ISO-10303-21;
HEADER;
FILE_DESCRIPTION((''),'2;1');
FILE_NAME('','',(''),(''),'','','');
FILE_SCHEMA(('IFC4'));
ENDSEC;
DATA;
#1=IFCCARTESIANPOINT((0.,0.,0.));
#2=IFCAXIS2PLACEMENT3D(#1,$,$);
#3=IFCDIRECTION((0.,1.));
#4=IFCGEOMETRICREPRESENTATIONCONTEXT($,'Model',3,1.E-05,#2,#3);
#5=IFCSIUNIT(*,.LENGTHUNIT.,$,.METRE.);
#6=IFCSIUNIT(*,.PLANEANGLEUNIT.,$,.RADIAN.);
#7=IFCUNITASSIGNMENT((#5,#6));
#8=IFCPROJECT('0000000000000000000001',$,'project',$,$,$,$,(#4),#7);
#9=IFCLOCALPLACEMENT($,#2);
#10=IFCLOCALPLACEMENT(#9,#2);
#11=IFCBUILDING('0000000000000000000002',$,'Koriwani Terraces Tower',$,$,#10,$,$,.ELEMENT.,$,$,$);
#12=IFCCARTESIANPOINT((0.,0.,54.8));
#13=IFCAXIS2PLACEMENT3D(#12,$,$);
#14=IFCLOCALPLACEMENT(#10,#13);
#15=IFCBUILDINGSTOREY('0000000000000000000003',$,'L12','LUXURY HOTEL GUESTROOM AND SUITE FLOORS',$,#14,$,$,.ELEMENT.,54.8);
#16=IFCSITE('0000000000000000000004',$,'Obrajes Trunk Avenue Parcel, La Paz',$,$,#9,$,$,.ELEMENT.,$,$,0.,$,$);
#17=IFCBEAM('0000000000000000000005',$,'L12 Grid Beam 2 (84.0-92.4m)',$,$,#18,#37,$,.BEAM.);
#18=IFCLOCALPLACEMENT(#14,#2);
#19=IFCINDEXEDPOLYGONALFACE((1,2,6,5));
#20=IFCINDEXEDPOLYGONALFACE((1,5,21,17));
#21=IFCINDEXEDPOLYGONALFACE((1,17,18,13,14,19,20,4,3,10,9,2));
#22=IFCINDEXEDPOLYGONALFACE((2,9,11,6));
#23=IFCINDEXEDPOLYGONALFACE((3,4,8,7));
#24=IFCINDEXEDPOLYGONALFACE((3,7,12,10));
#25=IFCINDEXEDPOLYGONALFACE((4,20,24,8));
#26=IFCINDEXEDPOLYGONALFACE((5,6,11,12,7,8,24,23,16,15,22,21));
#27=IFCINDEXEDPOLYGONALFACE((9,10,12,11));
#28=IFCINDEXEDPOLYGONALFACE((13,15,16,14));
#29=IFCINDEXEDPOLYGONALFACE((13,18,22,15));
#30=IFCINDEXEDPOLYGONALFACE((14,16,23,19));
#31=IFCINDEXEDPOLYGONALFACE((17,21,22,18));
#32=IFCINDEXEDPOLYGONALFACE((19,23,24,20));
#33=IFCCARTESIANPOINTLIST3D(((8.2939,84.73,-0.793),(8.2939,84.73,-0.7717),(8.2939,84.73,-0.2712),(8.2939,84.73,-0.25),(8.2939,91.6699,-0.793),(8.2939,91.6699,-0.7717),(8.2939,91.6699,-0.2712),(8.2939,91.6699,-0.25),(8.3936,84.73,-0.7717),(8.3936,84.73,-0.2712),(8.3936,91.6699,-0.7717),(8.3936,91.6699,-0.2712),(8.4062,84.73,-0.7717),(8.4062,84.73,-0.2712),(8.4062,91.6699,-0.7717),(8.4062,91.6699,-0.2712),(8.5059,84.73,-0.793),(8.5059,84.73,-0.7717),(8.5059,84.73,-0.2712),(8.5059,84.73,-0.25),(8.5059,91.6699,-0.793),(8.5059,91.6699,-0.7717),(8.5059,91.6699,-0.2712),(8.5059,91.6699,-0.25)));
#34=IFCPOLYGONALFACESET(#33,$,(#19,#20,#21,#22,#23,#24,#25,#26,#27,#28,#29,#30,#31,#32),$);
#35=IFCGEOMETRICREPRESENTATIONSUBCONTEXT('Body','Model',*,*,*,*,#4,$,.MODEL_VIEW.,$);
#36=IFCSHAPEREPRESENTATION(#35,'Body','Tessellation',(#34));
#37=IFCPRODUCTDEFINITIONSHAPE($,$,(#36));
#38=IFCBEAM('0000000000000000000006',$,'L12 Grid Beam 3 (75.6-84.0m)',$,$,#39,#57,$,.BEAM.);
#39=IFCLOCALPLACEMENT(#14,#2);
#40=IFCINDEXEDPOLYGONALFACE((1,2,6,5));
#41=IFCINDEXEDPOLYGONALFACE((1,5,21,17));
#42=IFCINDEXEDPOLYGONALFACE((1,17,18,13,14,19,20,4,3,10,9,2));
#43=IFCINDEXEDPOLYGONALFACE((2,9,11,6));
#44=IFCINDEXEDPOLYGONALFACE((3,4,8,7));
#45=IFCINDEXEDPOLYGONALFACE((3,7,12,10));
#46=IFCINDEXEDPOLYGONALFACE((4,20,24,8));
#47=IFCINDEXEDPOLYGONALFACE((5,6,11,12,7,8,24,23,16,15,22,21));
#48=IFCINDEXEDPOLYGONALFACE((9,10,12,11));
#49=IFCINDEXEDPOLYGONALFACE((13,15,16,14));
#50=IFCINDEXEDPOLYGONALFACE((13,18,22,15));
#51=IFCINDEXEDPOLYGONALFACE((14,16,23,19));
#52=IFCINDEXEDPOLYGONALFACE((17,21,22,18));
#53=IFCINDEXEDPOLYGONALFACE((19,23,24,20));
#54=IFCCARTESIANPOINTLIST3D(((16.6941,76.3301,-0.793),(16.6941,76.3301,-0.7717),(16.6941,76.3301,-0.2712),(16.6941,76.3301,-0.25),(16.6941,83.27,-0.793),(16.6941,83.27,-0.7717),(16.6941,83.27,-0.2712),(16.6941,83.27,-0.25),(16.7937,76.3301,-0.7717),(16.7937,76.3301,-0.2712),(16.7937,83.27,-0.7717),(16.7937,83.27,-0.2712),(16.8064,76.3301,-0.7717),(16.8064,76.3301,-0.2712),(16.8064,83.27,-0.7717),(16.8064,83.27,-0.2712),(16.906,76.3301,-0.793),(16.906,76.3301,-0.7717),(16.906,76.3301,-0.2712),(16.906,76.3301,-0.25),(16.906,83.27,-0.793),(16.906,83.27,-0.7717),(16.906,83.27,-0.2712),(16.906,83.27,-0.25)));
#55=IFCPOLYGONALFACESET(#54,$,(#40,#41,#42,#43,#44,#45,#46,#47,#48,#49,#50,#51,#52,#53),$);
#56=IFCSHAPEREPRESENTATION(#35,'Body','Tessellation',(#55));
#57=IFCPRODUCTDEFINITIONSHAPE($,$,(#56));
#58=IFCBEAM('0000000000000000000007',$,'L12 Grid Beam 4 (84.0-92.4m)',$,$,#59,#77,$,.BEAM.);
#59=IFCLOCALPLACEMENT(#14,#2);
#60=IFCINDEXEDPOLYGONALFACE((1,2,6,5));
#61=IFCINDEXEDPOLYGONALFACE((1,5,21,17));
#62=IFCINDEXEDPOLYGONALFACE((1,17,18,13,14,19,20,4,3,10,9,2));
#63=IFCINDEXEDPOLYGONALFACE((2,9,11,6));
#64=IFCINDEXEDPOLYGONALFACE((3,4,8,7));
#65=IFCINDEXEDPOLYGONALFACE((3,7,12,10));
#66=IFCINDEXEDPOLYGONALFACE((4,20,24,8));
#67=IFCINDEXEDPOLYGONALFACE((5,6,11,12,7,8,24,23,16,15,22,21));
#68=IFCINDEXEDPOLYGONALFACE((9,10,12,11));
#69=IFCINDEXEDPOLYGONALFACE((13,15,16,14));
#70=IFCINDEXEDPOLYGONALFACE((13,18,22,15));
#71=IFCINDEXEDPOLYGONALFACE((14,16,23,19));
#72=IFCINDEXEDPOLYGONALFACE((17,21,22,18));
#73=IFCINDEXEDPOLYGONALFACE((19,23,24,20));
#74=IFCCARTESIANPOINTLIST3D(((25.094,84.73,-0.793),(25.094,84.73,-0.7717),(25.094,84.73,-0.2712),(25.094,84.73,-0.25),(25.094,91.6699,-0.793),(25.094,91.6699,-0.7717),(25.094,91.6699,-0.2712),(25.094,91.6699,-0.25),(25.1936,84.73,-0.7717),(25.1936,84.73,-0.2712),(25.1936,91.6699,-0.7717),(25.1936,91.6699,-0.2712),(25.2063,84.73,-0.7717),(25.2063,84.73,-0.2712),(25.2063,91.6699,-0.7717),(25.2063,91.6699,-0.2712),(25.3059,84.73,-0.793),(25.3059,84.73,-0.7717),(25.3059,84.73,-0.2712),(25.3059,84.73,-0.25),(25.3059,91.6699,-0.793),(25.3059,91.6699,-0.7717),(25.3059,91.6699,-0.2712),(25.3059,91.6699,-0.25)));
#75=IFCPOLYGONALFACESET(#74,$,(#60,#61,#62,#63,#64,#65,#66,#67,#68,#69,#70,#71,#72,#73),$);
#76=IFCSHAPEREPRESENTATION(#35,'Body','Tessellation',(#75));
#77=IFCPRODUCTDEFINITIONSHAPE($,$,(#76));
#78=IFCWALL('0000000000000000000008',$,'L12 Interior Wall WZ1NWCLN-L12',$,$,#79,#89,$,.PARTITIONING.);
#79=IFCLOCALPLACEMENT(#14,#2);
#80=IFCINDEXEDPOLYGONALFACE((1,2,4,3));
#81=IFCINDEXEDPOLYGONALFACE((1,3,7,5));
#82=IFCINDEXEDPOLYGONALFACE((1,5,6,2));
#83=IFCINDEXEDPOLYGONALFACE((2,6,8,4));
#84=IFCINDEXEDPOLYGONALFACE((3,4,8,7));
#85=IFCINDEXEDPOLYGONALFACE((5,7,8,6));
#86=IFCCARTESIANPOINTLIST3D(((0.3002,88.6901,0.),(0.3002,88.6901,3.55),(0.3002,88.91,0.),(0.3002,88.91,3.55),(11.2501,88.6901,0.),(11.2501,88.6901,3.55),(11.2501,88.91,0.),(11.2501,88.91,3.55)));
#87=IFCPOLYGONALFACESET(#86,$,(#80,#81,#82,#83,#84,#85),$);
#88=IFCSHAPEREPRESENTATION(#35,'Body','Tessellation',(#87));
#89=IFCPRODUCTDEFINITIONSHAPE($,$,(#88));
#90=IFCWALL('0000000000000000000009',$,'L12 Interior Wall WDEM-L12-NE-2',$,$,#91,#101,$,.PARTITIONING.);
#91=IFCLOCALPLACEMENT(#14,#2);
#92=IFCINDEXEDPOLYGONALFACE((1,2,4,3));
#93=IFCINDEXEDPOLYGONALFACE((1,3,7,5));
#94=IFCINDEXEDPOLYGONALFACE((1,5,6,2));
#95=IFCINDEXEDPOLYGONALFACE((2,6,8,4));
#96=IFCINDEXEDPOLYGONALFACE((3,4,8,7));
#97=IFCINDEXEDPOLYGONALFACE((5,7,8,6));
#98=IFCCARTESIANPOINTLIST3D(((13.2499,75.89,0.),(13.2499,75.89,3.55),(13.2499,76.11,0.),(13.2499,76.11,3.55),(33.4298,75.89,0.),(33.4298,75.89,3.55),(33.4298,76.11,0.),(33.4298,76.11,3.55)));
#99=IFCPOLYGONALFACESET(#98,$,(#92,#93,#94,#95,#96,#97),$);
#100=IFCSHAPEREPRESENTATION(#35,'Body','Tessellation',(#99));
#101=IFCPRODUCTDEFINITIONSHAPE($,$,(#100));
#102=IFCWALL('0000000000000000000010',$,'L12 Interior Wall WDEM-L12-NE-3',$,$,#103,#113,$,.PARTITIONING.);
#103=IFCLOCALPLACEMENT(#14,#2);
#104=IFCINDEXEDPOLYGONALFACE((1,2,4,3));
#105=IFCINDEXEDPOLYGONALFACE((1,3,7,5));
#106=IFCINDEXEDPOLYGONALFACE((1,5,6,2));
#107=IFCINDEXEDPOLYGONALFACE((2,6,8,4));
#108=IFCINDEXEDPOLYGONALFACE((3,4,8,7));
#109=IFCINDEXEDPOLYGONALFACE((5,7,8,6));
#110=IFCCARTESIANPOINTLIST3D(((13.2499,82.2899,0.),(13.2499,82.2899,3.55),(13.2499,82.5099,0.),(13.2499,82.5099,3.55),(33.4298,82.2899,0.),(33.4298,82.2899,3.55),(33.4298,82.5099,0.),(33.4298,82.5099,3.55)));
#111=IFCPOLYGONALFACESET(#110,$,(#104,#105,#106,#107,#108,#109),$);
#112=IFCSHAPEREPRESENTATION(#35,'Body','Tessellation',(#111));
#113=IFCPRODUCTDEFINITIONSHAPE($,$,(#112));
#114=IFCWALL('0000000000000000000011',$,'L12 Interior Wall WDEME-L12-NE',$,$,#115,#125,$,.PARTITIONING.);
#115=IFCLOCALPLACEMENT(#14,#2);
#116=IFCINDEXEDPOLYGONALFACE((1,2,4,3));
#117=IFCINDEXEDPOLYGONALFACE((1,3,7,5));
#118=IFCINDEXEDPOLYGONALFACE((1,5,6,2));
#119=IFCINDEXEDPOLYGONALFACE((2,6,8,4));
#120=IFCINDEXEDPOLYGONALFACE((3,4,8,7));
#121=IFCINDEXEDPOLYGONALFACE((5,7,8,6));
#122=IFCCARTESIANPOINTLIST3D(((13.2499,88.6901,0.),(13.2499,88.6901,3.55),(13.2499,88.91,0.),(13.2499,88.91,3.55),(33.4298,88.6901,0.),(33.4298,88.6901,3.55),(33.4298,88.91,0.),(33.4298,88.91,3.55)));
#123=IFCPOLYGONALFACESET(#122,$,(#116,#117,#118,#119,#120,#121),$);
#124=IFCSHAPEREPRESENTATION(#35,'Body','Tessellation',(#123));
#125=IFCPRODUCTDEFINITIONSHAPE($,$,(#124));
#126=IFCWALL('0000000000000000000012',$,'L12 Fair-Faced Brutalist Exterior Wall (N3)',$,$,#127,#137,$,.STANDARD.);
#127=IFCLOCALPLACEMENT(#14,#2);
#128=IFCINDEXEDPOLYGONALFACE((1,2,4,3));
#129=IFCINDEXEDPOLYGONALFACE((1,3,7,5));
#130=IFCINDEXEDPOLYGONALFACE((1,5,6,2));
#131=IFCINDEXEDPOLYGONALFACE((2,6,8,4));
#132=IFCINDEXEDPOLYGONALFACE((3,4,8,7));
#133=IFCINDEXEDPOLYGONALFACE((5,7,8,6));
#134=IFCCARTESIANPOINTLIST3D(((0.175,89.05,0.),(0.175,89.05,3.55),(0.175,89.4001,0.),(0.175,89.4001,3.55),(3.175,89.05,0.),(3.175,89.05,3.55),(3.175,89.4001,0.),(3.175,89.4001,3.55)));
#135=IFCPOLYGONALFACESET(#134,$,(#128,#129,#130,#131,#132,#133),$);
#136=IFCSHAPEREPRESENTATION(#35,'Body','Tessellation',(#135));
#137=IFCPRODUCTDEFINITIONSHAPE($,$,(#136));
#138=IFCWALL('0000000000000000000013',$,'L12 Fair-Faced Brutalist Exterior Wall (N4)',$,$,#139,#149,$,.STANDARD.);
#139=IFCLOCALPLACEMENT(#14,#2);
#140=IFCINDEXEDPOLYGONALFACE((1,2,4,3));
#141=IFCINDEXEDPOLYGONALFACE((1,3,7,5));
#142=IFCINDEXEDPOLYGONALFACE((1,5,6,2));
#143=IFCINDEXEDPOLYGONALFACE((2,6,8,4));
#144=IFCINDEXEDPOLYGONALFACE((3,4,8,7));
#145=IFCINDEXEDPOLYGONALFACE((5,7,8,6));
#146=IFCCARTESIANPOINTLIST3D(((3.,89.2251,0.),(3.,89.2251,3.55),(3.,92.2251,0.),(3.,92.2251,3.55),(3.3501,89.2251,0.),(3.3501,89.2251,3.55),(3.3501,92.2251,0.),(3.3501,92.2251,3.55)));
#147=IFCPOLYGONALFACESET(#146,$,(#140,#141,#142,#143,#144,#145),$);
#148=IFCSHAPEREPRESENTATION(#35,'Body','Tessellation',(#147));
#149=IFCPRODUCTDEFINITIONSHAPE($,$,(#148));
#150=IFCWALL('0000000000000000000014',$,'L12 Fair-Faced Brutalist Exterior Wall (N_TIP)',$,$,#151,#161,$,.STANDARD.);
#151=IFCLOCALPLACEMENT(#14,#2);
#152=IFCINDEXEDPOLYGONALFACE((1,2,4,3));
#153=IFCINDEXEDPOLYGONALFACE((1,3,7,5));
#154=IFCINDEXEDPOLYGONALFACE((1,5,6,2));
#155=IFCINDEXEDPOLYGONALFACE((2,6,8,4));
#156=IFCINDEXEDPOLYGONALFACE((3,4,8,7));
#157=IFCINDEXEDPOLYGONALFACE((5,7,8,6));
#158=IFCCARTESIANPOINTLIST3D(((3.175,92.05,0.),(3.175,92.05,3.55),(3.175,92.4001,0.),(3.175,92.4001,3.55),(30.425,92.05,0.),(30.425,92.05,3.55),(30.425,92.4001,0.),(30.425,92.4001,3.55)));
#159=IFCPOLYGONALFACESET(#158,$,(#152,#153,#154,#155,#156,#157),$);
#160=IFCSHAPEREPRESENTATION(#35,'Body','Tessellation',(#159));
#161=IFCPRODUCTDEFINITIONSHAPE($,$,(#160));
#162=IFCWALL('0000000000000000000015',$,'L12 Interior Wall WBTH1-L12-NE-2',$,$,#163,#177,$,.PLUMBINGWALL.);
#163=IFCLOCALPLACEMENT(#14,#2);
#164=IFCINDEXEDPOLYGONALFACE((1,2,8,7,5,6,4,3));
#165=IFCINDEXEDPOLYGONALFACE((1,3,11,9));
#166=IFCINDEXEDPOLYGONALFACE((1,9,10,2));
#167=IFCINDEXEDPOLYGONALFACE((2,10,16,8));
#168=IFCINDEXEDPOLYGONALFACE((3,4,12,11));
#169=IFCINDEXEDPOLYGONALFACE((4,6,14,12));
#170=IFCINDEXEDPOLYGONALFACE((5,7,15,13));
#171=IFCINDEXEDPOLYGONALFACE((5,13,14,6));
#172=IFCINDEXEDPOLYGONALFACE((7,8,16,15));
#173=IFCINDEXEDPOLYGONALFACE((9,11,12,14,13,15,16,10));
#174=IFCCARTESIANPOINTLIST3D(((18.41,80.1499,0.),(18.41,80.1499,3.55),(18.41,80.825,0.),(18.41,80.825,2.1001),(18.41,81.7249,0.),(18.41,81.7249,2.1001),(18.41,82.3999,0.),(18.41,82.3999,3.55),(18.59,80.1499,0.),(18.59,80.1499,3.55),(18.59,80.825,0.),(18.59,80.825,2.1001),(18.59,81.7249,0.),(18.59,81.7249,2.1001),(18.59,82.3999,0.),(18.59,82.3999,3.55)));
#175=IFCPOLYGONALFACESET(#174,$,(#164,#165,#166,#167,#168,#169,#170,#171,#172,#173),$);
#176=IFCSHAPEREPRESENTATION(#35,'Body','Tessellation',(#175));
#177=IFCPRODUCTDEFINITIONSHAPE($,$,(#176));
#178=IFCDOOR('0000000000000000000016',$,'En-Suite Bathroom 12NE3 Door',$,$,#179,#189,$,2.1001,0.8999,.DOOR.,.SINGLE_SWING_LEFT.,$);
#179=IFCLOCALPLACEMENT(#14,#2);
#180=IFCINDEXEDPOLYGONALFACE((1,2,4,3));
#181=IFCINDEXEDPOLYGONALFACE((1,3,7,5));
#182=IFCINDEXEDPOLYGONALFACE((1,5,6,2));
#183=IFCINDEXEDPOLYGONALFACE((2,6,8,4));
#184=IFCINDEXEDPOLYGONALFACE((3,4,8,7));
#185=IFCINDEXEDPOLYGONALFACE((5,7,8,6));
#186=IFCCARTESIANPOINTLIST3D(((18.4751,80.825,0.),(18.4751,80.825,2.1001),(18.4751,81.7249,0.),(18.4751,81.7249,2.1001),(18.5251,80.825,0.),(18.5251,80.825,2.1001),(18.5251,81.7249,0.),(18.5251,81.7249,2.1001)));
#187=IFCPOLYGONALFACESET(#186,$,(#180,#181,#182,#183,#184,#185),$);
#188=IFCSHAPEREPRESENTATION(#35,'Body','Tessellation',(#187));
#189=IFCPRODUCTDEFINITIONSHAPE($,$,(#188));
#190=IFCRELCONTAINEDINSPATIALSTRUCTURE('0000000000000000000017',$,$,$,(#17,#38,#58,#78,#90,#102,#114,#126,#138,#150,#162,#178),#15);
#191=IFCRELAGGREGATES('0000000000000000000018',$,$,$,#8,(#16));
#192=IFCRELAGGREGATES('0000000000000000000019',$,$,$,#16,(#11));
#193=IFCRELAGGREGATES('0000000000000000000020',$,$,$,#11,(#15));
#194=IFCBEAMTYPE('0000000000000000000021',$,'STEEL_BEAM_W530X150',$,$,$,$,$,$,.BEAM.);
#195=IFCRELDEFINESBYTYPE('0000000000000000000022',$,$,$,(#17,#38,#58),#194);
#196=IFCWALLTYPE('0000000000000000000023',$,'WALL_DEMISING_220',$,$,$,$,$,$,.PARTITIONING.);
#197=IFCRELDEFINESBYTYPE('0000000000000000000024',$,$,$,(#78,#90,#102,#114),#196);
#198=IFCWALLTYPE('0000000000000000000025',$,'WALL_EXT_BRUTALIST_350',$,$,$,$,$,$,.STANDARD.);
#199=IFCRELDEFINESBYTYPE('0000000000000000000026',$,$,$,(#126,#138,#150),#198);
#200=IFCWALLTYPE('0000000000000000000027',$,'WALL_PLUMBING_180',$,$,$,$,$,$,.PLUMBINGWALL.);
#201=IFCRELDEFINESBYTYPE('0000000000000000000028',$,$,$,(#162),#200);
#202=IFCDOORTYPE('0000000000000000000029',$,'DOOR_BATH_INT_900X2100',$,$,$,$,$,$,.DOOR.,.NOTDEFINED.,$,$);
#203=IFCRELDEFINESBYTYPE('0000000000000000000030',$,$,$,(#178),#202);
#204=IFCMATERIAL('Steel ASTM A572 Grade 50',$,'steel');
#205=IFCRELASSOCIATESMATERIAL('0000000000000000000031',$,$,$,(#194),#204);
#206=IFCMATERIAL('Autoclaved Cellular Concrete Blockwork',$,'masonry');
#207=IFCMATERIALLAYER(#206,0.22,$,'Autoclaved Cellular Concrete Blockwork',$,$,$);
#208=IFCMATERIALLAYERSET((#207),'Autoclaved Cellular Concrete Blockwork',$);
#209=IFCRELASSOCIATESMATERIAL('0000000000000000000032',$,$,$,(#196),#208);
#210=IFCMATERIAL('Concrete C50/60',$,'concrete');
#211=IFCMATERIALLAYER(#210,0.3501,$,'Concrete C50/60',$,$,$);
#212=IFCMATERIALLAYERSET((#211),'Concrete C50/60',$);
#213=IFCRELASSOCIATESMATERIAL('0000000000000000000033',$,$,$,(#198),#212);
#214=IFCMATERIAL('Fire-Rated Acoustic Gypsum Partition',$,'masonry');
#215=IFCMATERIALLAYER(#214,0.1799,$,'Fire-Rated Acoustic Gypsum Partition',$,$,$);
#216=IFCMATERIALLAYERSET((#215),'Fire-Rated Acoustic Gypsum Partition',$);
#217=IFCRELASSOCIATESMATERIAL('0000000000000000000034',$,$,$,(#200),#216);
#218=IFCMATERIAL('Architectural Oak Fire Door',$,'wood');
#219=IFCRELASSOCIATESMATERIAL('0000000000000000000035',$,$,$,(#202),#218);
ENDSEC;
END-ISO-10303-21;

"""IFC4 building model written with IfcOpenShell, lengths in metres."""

from ifc_helpers import new_model, si_unit, direction, frame, frame_2d, origin, origin_2d, place, context, subcontext, project, spatial, rectangle, i_section, extrude, material, layer, layer_set, material_profile, profile_set, type_object, element, fill, save


model = new_model("IFC4")

# Units and contexts
model_context = context("Model", 3, precision=1e-05, world=origin(), true_north=direction((0.0, 1.0)))
body_context = subcontext(model_context, "Body", "Model", "MODEL_VIEW")
ifc_project = project(units=[si_unit("LENGTHUNIT", "METRE"), si_unit("PLANEANGLEUNIT", "RADIAN")], contexts=[model_context])

# Site, building, storey
site_placement = place(None, origin())
site = spatial("IfcSite", under=ifc_project, at=site_placement, Name="Obrajes Trunk Avenue Parcel, La Paz", CompositionType="ELEMENT", RefElevation=0.0)
building_placement = place(site_placement, origin())
building = spatial("IfcBuilding", under=site, at=building_placement, Name="Koriwani Terraces Tower", CompositionType="ELEMENT")
storey_placement = place(building_placement, frame((0.0, 0.0, 54.8)))
storey = spatial("IfcBuildingStorey", under=building, at=storey_placement, Name="L12", Description="LUXURY HOTEL GUESTROOM AND SUITE FLOORS", CompositionType="ELEMENT", Elevation=54.8)

# Beams
ifc_material_1 = material(Name="Concrete C50/60", Category="concrete")
ifc_material_2 = material(Name="Steel ASTM A572 Grade 50", Category="steel")
ifc_material_profile_1 = material_profile(ifc_material_2, i_section(OverallWidth=0.2119, OverallDepth=0.543, WebThickness=0.0127, FlangeThickness=0.0212, at=origin_2d()), Name="Steel ASTM A572 Grade 50", Category="LoadBearing")
ifc_profile_set_1 = profile_set([ifc_material_profile_1], Name="Steel ASTM A572 Grade 50")
beam_type_1 = type_object("IfcBeamType", Name="STEEL_BEAM_W530X150", PredefinedType="BEAM", material=ifc_profile_set_1)
for number, where, z_axis, x_axis, name in (
    (1, (8.3999, 84.73, -0.5215), (0.0, 1.0, 0.0), (-1.0, 0.0, 0.0), "L12 Grid Beam 2 (84.0-92.4m)"),
    (2, (16.8, 76.3301, -0.5215), (0.0, 1.0, 0.0), (-1.0, 0.0, 0.0), "L12 Grid Beam 3 (75.6-84.0m)"),
    (3, (25.2, 84.73, -0.5215), (0.0, 1.0, 0.0), (-1.0, 0.0, 0.0), "L12 Grid Beam 4 (84.0-92.4m)"),
):
    element("IfcBeam", number, at=place(storey_placement, frame(where, z_axis=z_axis, x_axis=x_axis)), inside=storey, type_object=beam_type_1, Name=name, PredefinedType="BEAM", context=body_context, shape_type="SweptSolid", body=[
        extrude(i_section(OverallWidth=0.2119, OverallDepth=0.543, WebThickness=0.0127, FlangeThickness=0.0212, at=origin_2d()), origin(), (0.0, 0.0, 1.0), 6.9399),
    ])

# Walls
ifc_material_3 = material(Name="Autoclaved Cellular Concrete Blockwork", Category="masonry")
ifc_layer_1 = layer(ifc_material_3, 0.22, Name="Autoclaved Cellular Concrete Blockwork")
ifc_layer_set_1 = layer_set([ifc_layer_1], Name="Autoclaved Cellular Concrete Blockwork")
wall_type_1 = type_object("IfcWallType", Name="WALL_DEMISING_220", PredefinedType="PARTITIONING", material=ifc_layer_set_1)
wall_1_placement = place(storey_placement, frame((0.3, 88.8, 0.0), z_axis=(0.0, 0.0, 1.0), x_axis=(1.0, 0.0, 0.0)))
element("IfcWall", 4, at=wall_1_placement, inside=storey, type_object=wall_type_1, Name="L12 Interior Wall WZ1NWCLN-L12", PredefinedType="PARTITIONING", context=body_context, shape_type="SweptSolid", body=[
    extrude(rectangle(XDim=10.95, YDim=0.22, at=frame_2d((5.4751, 0.0))), origin(), (0.0, 0.0, 1.0), 3.55),
])
for number, where, z_axis, x_axis, name in (
    (5, (13.25, 76.0, 0.0), (0.0, 0.0, 1.0), (1.0, 0.0, 0.0), "L12 Interior Wall WDEM-L12-NE-2"),
    (6, (13.25, 82.3999, 0.0), (0.0, 0.0, 1.0), (1.0, 0.0, 0.0), "L12 Interior Wall WDEM-L12-NE-3"),
    (7, (13.25, 88.8, 0.0), (0.0, 0.0, 1.0), (1.0, 0.0, 0.0), "L12 Interior Wall WDEME-L12-NE"),
):
    element("IfcWall", number, at=place(storey_placement, frame(where, z_axis=z_axis, x_axis=x_axis)), inside=storey, type_object=wall_type_1, Name=name, PredefinedType="PARTITIONING", context=body_context, shape_type="SweptSolid", body=[
        extrude(rectangle(XDim=20.1799, YDim=0.22, at=frame_2d((10.0898, 0.0))), origin(), (0.0, 0.0, 1.0), 3.55),
    ])
ifc_layer_2 = layer(ifc_material_1, 0.3501, Name="Concrete C50/60")
ifc_layer_set_2 = layer_set([ifc_layer_2], Name="Concrete C50/60")
wall_type_2 = type_object("IfcWallType", Name="WALL_EXT_BRUTALIST_350", PredefinedType="STANDARD", material=ifc_layer_set_2)
for number, where, z_axis, x_axis, name in (
    (8, (0.175, 89.2251, 0.0), (0.0, 0.0, 1.0), (1.0, 0.0, 0.0), "L12 Fair-Faced Brutalist Exterior Wall (N3)"),
    (9, (3.175, 89.2251, 0.0), (0.0, 0.0, 1.0), (0.0, 1.0, 0.0), "L12 Fair-Faced Brutalist Exterior Wall (N4)"),
):
    element("IfcWall", number, at=place(storey_placement, frame(where, z_axis=z_axis, x_axis=x_axis)), inside=storey, type_object=wall_type_2, Name=name, PredefinedType="STANDARD", context=body_context, shape_type="SweptSolid", body=[
        extrude(rectangle(XDim=3.0, YDim=0.3501, at=frame_2d((1.5, 0.0))), origin(), (0.0, 0.0, 1.0), 3.55),
    ])
wall_2_placement = place(storey_placement, frame((3.175, 92.2251, 0.0), z_axis=(0.0, 0.0, 1.0), x_axis=(1.0, 0.0, 0.0)))
element("IfcWall", 10, at=wall_2_placement, inside=storey, type_object=wall_type_2, Name="L12 Fair-Faced Brutalist Exterior Wall (N_TIP)", PredefinedType="STANDARD", context=body_context, shape_type="SweptSolid", body=[
    extrude(rectangle(XDim=27.25, YDim=0.3501, at=frame_2d((13.625, 0.0))), origin(), (0.0, 0.0, 1.0), 3.55),
])

# Wall, opening, door
ifc_material_4 = material(Name="Fire-Rated Acoustic Gypsum Partition", Category="masonry")
ifc_layer_3 = layer(ifc_material_4, 0.1799, Name="Fire-Rated Acoustic Gypsum Partition")
ifc_layer_set_3 = layer_set([ifc_layer_3], Name="Fire-Rated Acoustic Gypsum Partition")
wall_type_3 = type_object("IfcWallType", Name="WALL_PLUMBING_180", PredefinedType="PLUMBINGWALL", material=ifc_layer_set_3)
wall_3_placement = place(storey_placement, frame((18.5, 80.1499, 0.0), z_axis=(0.0, 0.0, 1.0), x_axis=(0.0, 1.0, 0.0)))
wall_3 = element("IfcWall", 11, at=wall_3_placement, inside=storey, type_object=wall_type_3, Name="L12 Interior Wall WBTH1-L12-NE-2", PredefinedType="PLUMBINGWALL", context=body_context, shape_type="SweptSolid", body=[
    extrude(rectangle(XDim=2.25, YDim=0.1799, at=frame_2d((1.125, 0.0))), origin(), (0.0, 0.0, 1.0), 3.55),
])
opening_1_placement = place(wall_3_placement, frame((0.675, 0.0, 0.0)))
opening_1 = element("IfcOpeningElement", 12, at=opening_1_placement, cuts=wall_3, PredefinedType="OPENING", context=body_context, shape_type="SweptSolid", body=[
    extrude(rectangle(XDim=0.8999, YDim=2.1001, at=frame_2d((0.45, 1.05))), frame((0.0, 0.1001, 0.0), z_axis=(0.0, -1.0, 0.0), x_axis=(1.0, 0.0, 0.0)), (0.0, 0.0, 1.0), 0.2),
])
ifc_material_5 = material(Name="Architectural Oak Fire Door", Category="wood")
door_type = type_object("IfcDoorType", Name="DOOR_BATH_INT_900X2100", OperationType="NOTDEFINED", PredefinedType="DOOR", material=ifc_material_5)
door_1_placement = place(opening_1_placement, origin())
door_1 = element("IfcDoor", 13, at=door_1_placement, inside=storey, type_object=door_type, Name="En-Suite Bathroom 12NE3 Door", OperationType="SINGLE_SWING_LEFT", OverallHeight=2.1001, OverallWidth=0.8999, PredefinedType="DOOR", context=body_context, shape_type="SweptSolid", body=[
    extrude(rectangle(XDim=0.8999, YDim=2.1001, at=frame_2d((0.45, 1.05))), frame((0.0, 0.0249, 0.0), z_axis=(0.0, -1.0, 0.0), x_axis=(1.0, 0.0, 0.0)), (0.0, 0.0, 1.0), 0.05),
])
fill(opening_1, door_1)

save(model, "model.ifc")
